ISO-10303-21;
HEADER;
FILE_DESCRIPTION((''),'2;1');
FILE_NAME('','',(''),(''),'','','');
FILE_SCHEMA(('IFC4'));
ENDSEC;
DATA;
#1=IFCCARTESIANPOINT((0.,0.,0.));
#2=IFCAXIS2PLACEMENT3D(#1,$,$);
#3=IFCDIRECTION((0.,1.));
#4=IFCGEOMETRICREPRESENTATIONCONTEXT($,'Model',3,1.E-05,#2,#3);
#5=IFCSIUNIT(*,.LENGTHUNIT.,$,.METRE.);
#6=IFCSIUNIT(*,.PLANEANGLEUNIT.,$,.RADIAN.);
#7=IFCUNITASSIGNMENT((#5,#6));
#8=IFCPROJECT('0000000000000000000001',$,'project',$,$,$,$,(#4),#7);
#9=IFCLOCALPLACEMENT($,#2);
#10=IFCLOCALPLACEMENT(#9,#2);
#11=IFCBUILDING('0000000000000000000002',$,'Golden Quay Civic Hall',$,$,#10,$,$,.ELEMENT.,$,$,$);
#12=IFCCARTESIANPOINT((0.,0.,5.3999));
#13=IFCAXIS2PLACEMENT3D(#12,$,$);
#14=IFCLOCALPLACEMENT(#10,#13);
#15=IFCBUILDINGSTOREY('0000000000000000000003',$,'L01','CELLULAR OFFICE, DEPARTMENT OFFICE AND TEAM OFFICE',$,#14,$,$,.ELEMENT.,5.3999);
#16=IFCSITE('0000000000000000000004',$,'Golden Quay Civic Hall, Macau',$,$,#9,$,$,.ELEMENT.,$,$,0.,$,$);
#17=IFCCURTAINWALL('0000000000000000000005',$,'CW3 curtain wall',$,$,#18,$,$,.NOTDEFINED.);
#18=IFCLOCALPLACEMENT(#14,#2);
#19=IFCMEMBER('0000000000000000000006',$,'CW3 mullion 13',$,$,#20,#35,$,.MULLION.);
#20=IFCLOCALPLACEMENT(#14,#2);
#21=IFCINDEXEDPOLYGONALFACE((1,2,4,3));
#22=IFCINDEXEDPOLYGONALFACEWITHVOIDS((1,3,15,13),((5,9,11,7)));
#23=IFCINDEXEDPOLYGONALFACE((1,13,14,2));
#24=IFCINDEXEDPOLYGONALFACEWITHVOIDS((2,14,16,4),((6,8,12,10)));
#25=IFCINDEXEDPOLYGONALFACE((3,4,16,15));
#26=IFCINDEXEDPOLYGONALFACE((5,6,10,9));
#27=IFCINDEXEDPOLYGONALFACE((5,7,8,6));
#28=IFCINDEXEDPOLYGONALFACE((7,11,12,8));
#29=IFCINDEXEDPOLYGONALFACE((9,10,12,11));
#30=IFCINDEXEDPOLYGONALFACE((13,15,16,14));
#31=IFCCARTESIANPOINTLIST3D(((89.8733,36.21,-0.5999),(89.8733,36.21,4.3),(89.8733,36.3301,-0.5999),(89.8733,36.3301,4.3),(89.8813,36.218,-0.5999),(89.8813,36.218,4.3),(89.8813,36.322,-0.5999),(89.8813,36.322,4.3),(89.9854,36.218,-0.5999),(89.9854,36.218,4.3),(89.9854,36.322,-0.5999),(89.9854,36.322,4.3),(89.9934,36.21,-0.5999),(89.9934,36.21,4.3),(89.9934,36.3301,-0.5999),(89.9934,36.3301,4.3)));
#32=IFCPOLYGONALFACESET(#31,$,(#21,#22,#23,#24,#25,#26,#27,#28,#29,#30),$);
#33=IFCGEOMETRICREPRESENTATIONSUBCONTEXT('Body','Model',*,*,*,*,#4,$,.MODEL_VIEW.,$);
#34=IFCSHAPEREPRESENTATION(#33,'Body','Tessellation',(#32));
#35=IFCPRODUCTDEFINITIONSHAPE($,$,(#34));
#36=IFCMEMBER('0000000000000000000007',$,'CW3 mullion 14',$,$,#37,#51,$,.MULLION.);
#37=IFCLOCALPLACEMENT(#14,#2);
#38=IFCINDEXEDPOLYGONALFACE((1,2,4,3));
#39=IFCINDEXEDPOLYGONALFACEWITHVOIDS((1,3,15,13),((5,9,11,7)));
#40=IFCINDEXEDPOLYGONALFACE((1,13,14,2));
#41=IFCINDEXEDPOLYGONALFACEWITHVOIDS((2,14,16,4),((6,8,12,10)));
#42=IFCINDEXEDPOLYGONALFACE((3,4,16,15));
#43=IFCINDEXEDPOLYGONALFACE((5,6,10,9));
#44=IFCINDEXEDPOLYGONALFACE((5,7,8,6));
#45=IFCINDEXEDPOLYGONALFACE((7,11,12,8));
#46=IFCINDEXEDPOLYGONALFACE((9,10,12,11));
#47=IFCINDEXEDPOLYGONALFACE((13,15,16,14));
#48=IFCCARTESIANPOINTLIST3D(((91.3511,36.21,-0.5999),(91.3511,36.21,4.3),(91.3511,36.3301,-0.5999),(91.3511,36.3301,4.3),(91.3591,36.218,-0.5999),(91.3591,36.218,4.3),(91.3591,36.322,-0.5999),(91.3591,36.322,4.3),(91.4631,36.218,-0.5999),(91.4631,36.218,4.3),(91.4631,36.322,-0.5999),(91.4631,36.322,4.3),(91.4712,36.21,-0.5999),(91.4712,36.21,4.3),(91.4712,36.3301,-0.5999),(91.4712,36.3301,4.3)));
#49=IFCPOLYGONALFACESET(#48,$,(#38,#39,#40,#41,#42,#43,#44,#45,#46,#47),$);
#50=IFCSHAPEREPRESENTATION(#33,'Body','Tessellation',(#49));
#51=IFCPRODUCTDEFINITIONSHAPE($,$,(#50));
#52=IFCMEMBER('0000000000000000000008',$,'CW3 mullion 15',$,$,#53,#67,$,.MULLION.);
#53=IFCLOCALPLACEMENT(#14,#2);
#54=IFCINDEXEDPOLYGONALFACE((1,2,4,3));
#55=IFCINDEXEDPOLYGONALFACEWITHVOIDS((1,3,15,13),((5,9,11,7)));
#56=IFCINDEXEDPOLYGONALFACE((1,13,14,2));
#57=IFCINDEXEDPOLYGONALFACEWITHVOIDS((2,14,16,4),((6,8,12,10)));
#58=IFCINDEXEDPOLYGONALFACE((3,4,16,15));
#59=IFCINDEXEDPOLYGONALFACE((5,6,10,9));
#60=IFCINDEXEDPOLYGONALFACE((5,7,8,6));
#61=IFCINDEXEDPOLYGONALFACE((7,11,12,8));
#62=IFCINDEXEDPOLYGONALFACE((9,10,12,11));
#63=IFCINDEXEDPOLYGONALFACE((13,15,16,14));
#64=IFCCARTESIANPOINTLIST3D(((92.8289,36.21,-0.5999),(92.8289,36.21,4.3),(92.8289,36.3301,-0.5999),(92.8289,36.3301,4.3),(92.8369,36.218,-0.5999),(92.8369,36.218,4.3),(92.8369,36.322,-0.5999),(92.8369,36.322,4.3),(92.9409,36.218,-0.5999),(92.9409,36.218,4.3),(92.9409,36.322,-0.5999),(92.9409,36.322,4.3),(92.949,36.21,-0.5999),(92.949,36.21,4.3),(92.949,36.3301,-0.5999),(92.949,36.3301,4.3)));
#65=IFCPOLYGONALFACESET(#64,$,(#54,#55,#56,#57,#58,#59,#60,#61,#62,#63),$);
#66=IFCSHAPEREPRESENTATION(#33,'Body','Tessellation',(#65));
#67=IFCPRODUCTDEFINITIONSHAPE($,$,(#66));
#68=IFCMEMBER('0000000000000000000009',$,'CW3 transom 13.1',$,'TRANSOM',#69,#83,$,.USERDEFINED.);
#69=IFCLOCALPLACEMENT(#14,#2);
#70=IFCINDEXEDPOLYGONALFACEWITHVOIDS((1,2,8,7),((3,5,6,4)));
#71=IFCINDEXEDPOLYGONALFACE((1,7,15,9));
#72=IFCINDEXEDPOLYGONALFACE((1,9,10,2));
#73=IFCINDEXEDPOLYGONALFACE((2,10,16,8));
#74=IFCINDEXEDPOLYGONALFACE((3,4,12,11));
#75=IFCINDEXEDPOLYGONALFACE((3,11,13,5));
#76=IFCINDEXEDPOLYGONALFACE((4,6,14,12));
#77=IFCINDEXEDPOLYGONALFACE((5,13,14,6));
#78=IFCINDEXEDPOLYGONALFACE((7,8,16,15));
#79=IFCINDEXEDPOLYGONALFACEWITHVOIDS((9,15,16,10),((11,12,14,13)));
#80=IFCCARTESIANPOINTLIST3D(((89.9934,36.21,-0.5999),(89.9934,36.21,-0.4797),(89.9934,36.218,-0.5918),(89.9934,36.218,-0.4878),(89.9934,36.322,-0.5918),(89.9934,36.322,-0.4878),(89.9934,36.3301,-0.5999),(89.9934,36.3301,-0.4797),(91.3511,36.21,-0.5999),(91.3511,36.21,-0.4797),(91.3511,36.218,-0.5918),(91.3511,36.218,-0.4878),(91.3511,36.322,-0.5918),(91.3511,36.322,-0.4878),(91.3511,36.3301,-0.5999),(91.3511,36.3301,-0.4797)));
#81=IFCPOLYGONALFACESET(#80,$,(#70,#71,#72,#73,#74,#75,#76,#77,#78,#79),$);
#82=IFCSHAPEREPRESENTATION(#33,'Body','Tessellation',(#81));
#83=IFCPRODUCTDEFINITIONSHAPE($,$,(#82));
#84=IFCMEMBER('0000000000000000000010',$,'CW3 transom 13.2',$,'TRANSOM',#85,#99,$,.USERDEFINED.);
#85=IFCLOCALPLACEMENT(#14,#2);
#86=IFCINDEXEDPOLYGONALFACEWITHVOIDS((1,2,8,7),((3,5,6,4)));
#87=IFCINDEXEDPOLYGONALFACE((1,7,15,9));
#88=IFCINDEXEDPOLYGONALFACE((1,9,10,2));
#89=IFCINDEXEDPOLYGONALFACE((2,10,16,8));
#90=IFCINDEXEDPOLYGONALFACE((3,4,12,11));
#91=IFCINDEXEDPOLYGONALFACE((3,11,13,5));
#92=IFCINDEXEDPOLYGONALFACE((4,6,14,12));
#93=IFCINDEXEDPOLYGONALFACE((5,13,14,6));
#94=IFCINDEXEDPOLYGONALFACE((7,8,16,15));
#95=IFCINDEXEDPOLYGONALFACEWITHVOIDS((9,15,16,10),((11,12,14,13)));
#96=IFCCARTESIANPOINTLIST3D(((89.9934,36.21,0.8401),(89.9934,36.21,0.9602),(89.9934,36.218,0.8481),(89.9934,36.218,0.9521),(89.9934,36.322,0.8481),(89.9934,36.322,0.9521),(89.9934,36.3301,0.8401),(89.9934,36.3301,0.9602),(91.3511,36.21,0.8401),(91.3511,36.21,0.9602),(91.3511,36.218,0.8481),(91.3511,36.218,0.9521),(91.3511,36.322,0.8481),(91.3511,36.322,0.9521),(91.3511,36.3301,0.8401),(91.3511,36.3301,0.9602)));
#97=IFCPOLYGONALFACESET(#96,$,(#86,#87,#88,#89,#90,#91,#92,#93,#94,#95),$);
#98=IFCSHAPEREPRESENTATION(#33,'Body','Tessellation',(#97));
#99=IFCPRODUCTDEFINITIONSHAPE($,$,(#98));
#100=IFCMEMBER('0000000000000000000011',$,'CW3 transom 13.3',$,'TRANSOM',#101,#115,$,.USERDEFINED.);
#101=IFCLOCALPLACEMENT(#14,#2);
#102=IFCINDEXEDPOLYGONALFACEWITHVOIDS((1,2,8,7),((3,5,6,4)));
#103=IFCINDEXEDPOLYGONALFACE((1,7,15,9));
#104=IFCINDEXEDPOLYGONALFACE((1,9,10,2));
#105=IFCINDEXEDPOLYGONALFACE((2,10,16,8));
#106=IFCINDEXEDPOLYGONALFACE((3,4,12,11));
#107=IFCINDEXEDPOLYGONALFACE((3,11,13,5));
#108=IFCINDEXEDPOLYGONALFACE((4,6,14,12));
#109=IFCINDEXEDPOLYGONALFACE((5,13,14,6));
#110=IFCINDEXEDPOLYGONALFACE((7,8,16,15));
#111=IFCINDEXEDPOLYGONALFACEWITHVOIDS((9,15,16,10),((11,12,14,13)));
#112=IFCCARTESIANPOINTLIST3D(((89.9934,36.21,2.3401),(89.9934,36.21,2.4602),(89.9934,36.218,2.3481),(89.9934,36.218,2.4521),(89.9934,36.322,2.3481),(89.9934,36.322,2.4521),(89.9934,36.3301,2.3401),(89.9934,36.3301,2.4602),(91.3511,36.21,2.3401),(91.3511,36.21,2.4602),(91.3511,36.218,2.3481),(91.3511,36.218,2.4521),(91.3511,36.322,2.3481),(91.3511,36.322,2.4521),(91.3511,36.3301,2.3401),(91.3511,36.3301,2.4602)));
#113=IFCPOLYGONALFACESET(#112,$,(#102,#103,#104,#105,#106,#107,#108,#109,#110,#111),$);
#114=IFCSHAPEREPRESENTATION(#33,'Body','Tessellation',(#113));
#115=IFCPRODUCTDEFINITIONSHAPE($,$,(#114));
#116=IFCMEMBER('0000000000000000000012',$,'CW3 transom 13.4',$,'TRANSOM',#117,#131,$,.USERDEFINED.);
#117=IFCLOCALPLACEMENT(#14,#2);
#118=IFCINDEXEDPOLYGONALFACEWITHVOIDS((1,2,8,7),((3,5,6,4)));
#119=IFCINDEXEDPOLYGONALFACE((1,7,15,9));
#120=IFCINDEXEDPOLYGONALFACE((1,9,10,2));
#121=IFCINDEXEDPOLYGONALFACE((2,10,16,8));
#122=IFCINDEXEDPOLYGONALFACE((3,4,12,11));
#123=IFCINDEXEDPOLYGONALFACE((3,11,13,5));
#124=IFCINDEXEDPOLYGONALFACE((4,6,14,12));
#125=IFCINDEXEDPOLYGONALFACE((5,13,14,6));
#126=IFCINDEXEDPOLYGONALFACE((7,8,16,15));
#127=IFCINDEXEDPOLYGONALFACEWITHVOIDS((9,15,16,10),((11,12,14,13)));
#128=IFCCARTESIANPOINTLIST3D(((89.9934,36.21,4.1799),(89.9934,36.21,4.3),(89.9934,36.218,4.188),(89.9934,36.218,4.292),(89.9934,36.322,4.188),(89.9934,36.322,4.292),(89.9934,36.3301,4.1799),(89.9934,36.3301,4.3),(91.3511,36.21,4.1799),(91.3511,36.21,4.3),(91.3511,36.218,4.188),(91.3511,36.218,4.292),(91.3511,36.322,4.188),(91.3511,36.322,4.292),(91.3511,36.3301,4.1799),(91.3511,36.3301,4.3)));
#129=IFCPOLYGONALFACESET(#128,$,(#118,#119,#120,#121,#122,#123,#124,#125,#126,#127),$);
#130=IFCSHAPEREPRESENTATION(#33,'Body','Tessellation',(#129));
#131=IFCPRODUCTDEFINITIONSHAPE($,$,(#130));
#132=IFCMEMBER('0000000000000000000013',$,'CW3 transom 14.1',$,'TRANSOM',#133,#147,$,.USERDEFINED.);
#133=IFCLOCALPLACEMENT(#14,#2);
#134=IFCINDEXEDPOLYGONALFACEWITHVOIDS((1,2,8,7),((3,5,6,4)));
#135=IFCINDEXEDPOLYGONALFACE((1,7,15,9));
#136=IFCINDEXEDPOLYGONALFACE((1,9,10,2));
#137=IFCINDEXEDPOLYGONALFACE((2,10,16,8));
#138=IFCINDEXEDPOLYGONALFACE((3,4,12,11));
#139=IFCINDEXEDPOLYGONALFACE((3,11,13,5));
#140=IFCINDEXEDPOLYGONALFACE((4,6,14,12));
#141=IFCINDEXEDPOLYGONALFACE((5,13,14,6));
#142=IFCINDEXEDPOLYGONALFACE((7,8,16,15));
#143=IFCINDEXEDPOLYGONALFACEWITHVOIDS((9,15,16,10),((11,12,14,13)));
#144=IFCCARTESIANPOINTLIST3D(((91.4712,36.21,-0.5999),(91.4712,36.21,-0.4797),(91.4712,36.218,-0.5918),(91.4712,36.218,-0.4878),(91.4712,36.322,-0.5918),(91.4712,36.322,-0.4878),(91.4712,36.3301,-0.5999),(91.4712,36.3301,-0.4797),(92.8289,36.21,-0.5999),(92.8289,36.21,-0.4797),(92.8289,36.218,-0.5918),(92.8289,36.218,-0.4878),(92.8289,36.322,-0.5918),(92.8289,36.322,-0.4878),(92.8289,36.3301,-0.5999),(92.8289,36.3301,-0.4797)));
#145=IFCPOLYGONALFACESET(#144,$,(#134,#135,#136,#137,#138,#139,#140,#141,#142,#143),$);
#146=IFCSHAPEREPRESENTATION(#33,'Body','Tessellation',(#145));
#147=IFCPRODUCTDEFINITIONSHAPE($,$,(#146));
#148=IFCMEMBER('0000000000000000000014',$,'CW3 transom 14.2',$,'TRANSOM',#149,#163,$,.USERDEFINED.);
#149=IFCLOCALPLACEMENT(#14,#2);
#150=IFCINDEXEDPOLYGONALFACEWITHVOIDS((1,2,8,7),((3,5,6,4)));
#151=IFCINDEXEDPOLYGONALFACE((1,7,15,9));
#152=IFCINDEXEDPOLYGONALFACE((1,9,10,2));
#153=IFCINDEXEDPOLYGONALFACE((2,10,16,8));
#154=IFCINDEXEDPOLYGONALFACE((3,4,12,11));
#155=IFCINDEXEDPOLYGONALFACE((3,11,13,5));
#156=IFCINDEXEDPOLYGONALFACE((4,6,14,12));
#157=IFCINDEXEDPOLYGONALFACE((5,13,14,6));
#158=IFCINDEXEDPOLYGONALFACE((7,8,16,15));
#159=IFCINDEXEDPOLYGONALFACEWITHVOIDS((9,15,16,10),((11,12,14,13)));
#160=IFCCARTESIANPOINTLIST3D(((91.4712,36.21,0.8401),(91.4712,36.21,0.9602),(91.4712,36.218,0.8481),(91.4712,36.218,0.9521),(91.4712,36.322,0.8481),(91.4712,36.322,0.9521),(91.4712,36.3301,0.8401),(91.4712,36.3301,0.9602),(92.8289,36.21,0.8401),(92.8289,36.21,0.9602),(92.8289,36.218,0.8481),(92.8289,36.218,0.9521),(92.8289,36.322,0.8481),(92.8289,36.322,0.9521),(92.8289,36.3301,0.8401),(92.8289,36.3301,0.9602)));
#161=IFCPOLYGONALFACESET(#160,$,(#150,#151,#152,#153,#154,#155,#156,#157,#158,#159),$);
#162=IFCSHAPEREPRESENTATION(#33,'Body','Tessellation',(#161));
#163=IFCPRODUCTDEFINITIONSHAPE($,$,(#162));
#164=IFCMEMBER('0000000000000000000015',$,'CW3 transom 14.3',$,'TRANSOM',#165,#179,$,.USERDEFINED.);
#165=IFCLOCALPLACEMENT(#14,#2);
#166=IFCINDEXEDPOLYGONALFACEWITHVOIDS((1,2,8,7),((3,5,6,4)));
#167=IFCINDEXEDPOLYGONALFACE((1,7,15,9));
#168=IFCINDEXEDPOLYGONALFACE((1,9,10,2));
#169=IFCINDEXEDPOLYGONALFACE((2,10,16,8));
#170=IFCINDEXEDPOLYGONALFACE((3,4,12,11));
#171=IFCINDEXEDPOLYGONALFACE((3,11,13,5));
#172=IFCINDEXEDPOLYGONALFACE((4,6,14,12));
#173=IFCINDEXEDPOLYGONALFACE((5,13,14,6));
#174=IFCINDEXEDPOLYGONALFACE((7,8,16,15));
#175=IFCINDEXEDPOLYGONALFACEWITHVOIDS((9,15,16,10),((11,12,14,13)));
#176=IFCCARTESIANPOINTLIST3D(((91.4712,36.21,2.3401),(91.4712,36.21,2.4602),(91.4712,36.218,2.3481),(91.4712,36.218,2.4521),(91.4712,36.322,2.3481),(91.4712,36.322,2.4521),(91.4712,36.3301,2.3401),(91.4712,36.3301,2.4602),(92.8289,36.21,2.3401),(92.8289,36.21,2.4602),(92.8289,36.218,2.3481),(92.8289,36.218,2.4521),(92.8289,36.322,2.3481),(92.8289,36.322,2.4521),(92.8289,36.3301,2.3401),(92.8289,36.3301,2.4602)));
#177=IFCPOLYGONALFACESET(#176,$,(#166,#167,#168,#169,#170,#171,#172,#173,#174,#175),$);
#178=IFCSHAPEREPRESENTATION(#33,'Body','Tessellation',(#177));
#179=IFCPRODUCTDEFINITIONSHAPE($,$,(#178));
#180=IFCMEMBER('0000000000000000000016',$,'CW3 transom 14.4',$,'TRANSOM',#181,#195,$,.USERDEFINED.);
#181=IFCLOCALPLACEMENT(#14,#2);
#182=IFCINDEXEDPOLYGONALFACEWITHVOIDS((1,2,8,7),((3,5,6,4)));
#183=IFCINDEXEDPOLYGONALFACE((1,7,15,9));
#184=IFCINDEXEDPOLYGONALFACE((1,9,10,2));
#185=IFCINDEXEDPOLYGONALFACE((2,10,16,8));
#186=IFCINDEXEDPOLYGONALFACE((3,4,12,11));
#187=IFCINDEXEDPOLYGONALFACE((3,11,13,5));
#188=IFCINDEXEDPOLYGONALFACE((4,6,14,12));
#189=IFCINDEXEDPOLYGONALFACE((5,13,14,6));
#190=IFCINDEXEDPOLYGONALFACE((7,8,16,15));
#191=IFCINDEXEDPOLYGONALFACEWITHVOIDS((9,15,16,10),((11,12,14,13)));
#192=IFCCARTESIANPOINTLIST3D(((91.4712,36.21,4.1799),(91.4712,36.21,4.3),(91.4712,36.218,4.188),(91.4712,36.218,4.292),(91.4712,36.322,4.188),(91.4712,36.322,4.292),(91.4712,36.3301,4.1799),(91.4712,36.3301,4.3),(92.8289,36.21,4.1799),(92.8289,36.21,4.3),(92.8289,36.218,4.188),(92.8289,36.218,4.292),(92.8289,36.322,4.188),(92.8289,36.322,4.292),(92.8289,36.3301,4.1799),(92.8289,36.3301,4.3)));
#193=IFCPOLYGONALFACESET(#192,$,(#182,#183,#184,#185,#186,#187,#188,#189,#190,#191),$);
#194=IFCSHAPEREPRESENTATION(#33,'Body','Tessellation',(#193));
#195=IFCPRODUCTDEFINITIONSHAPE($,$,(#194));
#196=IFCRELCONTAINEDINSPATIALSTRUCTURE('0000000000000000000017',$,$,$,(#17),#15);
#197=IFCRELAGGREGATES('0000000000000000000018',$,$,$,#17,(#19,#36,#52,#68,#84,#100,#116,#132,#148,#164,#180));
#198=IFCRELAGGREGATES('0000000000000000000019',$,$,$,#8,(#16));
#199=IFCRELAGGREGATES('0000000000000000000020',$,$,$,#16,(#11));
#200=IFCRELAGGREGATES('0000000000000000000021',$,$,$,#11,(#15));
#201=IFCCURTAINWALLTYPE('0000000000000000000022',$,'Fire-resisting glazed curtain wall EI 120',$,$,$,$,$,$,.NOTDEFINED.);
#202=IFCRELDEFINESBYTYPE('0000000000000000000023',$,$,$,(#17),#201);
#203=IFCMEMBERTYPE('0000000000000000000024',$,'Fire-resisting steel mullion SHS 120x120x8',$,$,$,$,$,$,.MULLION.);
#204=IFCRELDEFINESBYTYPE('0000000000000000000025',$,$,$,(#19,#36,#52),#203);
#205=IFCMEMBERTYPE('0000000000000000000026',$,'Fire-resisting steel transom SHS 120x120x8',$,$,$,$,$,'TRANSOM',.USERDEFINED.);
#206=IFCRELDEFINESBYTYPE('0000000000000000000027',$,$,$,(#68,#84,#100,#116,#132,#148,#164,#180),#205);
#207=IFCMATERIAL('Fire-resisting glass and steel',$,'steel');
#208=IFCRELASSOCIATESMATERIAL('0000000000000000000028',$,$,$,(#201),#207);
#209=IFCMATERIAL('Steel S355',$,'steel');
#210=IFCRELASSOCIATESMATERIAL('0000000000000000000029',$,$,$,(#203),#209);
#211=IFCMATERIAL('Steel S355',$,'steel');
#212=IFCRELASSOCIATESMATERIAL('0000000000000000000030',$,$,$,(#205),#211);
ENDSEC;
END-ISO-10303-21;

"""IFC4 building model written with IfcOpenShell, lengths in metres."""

from ifc_helpers import new_model, si_unit, direction, frame, origin, origin_2d, place, context, subcontext, project, spatial, hollow_rectangle, extrude, material, material_profile, profile_set, type_object, element, aggregate, save


model = new_model("IFC4")

# Units and contexts
model_context = context("Model", 3, precision=1e-05, world=origin(), true_north=direction((0.0, 1.0)))
body_context = subcontext(model_context, "Body", "Model", "MODEL_VIEW")
ifc_project = project(units=[si_unit("LENGTHUNIT", "METRE"), si_unit("PLANEANGLEUNIT", "RADIAN")], contexts=[model_context])

# Site, building, storey
site_placement = place(None, origin())
site = spatial("IfcSite", under=ifc_project, at=site_placement, Name="Golden Quay Civic Hall, Macau", CompositionType="ELEMENT", RefElevation=0.0)
building_placement = place(site_placement, origin())
building = spatial("IfcBuilding", under=site, at=building_placement, Name="Golden Quay Civic Hall", CompositionType="ELEMENT")
storey_placement = place(building_placement, frame((0.0, 0.0, 5.3999)))
storey = spatial("IfcBuildingStorey", under=building, at=storey_placement, Name="L01", Description="CELLULAR OFFICE, DEPARTMENT OFFICE AND TEAM OFFICE", CompositionType="ELEMENT", Elevation=5.3999)

# Curtain wall, members
ifc_material_1 = material(Name="Fire-resisting glass and steel", Category="steel")
curtain_wall_type = type_object("IfcCurtainWallType", Name="Fire-resisting glazed curtain wall EI 120", PredefinedType="NOTDEFINED", material=ifc_material_1)
curtain_wall_placement = place(storey_placement, origin())
curtain_wall = element("IfcCurtainWall", 1, at=curtain_wall_placement, inside=storey, type_object=curtain_wall_type, Name="CW3 curtain wall", PredefinedType="NOTDEFINED")
ifc_material_2 = material(Name="Steel S355", Category="steel")
ifc_material_profile_1 = material_profile(ifc_material_2, hollow_rectangle(XDim=0.1201, YDim=0.1201, WallThickness=0.0081, at=origin_2d()), Name="SHS 120x120x8")
ifc_profile_set_1 = profile_set([ifc_material_profile_1], Name="Steel S355")
member_type_1 = type_object("IfcMemberType", Name="Fire-resisting steel mullion SHS 120x120x8", PredefinedType="MULLION", material=ifc_profile_set_1)
member_1_placement = place(storey_placement, frame((89.9333, 36.27, -0.5999), z_axis=(0.0, 0.0, 1.0), x_axis=(0.0, 1.0, 0.0)))
member_1 = element("IfcMember", 2, at=member_1_placement, type_object=member_type_1, Name="CW3 mullion 13", PredefinedType="MULLION", context=body_context, shape_type="SweptSolid", body=[
    extrude(hollow_rectangle(XDim=0.1201, YDim=0.1201, WallThickness=0.0081, at=origin_2d()), origin(), (0.0, 0.0, 1.0), 4.8999),
])
member_2_placement = place(storey_placement, frame((91.4111, 36.27, -0.5999), z_axis=(0.0, 0.0, 1.0), x_axis=(0.0, 1.0, 0.0)))
member_2 = element("IfcMember", 3, at=member_2_placement, type_object=member_type_1, Name="CW3 mullion 14", PredefinedType="MULLION", context=body_context, shape_type="SweptSolid", body=[
    extrude(hollow_rectangle(XDim=0.1201, YDim=0.1201, WallThickness=0.0081, at=origin_2d()), origin(), (0.0, 0.0, 1.0), 4.8999),
])
member_3_placement = place(storey_placement, frame((92.8889, 36.27, -0.5999), z_axis=(0.0, 0.0, 1.0), x_axis=(0.0, 1.0, 0.0)))
member_3 = element("IfcMember", 4, at=member_3_placement, type_object=member_type_1, Name="CW3 mullion 15", PredefinedType="MULLION", context=body_context, shape_type="SweptSolid", body=[
    extrude(hollow_rectangle(XDim=0.1201, YDim=0.1201, WallThickness=0.0081, at=origin_2d()), origin(), (0.0, 0.0, 1.0), 4.8999),
])
ifc_material_3 = material(Name="Steel S355", Category="steel")
ifc_material_profile_2 = material_profile(ifc_material_3, hollow_rectangle(XDim=0.1201, YDim=0.1201, WallThickness=0.0081, at=origin_2d()), Name="SHS 120x120x8")
ifc_profile_set_2 = profile_set([ifc_material_profile_2], Name="Steel S355")
member_type_2 = type_object("IfcMemberType", Name="Fire-resisting steel transom SHS 120x120x8", ElementType="TRANSOM", PredefinedType="USERDEFINED", material=ifc_profile_set_2)
member_4_placement = place(storey_placement, frame((89.9934, 36.27, -0.5398), z_axis=(1.0, 0.0, 0.0), x_axis=(0.0, 1.0, 0.0)))
member_4 = element("IfcMember", 5, at=member_4_placement, type_object=member_type_2, Name="CW3 transom 13.1", ObjectType="TRANSOM", PredefinedType="USERDEFINED", context=body_context, shape_type="SweptSolid", body=[
    extrude(hollow_rectangle(XDim=0.1201, YDim=0.1201, WallThickness=0.0081, at=origin_2d()), origin(), (0.0, 0.0, 1.0), 1.3577),
])
member_5_placement = place(storey_placement, frame((89.9934, 36.27, 0.9001), z_axis=(1.0, 0.0, 0.0), x_axis=(0.0, 1.0, 0.0)))
member_5 = element("IfcMember", 6, at=member_5_placement, type_object=member_type_2, Name="CW3 transom 13.2", ObjectType="TRANSOM", PredefinedType="USERDEFINED", context=body_context, shape_type="SweptSolid", body=[
    extrude(hollow_rectangle(XDim=0.1201, YDim=0.1201, WallThickness=0.0081, at=origin_2d()), origin(), (0.0, 0.0, 1.0), 1.3577),
])
member_6_placement = place(storey_placement, frame((89.9934, 36.27, 2.4001), z_axis=(1.0, 0.0, 0.0), x_axis=(0.0, 1.0, 0.0)))
member_6 = element("IfcMember", 7, at=member_6_placement, type_object=member_type_2, Name="CW3 transom 13.3", ObjectType="TRANSOM", PredefinedType="USERDEFINED", context=body_context, shape_type="SweptSolid", body=[
    extrude(hollow_rectangle(XDim=0.1201, YDim=0.1201, WallThickness=0.0081, at=origin_2d()), origin(), (0.0, 0.0, 1.0), 1.3577),
])
member_7_placement = place(storey_placement, frame((89.9934, 36.27, 4.24), z_axis=(1.0, 0.0, 0.0), x_axis=(0.0, 1.0, 0.0)))
member_7 = element("IfcMember", 8, at=member_7_placement, type_object=member_type_2, Name="CW3 transom 13.4", ObjectType="TRANSOM", PredefinedType="USERDEFINED", context=body_context, shape_type="SweptSolid", body=[
    extrude(hollow_rectangle(XDim=0.1201, YDim=0.1201, WallThickness=0.0081, at=origin_2d()), origin(), (0.0, 0.0, 1.0), 1.3577),
])
member_8_placement = place(storey_placement, frame((91.4712, 36.27, -0.5398), z_axis=(1.0, 0.0, 0.0), x_axis=(0.0, 1.0, 0.0)))
member_8 = element("IfcMember", 9, at=member_8_placement, type_object=member_type_2, Name="CW3 transom 14.1", ObjectType="TRANSOM", PredefinedType="USERDEFINED", context=body_context, shape_type="SweptSolid", body=[
    extrude(hollow_rectangle(XDim=0.1201, YDim=0.1201, WallThickness=0.0081, at=origin_2d()), origin(), (0.0, 0.0, 1.0), 1.3577),
])
member_9_placement = place(storey_placement, frame((91.4712, 36.27, 0.9001), z_axis=(1.0, 0.0, 0.0), x_axis=(0.0, 1.0, 0.0)))
member_9 = element("IfcMember", 10, at=member_9_placement, type_object=member_type_2, Name="CW3 transom 14.2", ObjectType="TRANSOM", PredefinedType="USERDEFINED", context=body_context, shape_type="SweptSolid", body=[
    extrude(hollow_rectangle(XDim=0.1201, YDim=0.1201, WallThickness=0.0081, at=origin_2d()), origin(), (0.0, 0.0, 1.0), 1.3577),
])
member_10_placement = place(storey_placement, frame((91.4712, 36.27, 2.4001), z_axis=(1.0, 0.0, 0.0), x_axis=(0.0, 1.0, 0.0)))
member_10 = element("IfcMember", 11, at=member_10_placement, type_object=member_type_2, Name="CW3 transom 14.3", ObjectType="TRANSOM", PredefinedType="USERDEFINED", context=body_context, shape_type="SweptSolid", body=[
    extrude(hollow_rectangle(XDim=0.1201, YDim=0.1201, WallThickness=0.0081, at=origin_2d()), origin(), (0.0, 0.0, 1.0), 1.3577),
])
member_11_placement = place(storey_placement, frame((91.4712, 36.27, 4.24), z_axis=(1.0, 0.0, 0.0), x_axis=(0.0, 1.0, 0.0)))
member_11 = element("IfcMember", 12, at=member_11_placement, type_object=member_type_2, Name="CW3 transom 14.4", ObjectType="TRANSOM", PredefinedType="USERDEFINED", context=body_context, shape_type="SweptSolid", body=[
    extrude(hollow_rectangle(XDim=0.1201, YDim=0.1201, WallThickness=0.0081, at=origin_2d()), origin(), (0.0, 0.0, 1.0), 1.3577),
])
aggregate(curtain_wall, [member_1, member_2, member_3, member_4, member_5, member_6, member_7, member_8, member_9, member_10, member_11])

save(model, "model.ifc")
